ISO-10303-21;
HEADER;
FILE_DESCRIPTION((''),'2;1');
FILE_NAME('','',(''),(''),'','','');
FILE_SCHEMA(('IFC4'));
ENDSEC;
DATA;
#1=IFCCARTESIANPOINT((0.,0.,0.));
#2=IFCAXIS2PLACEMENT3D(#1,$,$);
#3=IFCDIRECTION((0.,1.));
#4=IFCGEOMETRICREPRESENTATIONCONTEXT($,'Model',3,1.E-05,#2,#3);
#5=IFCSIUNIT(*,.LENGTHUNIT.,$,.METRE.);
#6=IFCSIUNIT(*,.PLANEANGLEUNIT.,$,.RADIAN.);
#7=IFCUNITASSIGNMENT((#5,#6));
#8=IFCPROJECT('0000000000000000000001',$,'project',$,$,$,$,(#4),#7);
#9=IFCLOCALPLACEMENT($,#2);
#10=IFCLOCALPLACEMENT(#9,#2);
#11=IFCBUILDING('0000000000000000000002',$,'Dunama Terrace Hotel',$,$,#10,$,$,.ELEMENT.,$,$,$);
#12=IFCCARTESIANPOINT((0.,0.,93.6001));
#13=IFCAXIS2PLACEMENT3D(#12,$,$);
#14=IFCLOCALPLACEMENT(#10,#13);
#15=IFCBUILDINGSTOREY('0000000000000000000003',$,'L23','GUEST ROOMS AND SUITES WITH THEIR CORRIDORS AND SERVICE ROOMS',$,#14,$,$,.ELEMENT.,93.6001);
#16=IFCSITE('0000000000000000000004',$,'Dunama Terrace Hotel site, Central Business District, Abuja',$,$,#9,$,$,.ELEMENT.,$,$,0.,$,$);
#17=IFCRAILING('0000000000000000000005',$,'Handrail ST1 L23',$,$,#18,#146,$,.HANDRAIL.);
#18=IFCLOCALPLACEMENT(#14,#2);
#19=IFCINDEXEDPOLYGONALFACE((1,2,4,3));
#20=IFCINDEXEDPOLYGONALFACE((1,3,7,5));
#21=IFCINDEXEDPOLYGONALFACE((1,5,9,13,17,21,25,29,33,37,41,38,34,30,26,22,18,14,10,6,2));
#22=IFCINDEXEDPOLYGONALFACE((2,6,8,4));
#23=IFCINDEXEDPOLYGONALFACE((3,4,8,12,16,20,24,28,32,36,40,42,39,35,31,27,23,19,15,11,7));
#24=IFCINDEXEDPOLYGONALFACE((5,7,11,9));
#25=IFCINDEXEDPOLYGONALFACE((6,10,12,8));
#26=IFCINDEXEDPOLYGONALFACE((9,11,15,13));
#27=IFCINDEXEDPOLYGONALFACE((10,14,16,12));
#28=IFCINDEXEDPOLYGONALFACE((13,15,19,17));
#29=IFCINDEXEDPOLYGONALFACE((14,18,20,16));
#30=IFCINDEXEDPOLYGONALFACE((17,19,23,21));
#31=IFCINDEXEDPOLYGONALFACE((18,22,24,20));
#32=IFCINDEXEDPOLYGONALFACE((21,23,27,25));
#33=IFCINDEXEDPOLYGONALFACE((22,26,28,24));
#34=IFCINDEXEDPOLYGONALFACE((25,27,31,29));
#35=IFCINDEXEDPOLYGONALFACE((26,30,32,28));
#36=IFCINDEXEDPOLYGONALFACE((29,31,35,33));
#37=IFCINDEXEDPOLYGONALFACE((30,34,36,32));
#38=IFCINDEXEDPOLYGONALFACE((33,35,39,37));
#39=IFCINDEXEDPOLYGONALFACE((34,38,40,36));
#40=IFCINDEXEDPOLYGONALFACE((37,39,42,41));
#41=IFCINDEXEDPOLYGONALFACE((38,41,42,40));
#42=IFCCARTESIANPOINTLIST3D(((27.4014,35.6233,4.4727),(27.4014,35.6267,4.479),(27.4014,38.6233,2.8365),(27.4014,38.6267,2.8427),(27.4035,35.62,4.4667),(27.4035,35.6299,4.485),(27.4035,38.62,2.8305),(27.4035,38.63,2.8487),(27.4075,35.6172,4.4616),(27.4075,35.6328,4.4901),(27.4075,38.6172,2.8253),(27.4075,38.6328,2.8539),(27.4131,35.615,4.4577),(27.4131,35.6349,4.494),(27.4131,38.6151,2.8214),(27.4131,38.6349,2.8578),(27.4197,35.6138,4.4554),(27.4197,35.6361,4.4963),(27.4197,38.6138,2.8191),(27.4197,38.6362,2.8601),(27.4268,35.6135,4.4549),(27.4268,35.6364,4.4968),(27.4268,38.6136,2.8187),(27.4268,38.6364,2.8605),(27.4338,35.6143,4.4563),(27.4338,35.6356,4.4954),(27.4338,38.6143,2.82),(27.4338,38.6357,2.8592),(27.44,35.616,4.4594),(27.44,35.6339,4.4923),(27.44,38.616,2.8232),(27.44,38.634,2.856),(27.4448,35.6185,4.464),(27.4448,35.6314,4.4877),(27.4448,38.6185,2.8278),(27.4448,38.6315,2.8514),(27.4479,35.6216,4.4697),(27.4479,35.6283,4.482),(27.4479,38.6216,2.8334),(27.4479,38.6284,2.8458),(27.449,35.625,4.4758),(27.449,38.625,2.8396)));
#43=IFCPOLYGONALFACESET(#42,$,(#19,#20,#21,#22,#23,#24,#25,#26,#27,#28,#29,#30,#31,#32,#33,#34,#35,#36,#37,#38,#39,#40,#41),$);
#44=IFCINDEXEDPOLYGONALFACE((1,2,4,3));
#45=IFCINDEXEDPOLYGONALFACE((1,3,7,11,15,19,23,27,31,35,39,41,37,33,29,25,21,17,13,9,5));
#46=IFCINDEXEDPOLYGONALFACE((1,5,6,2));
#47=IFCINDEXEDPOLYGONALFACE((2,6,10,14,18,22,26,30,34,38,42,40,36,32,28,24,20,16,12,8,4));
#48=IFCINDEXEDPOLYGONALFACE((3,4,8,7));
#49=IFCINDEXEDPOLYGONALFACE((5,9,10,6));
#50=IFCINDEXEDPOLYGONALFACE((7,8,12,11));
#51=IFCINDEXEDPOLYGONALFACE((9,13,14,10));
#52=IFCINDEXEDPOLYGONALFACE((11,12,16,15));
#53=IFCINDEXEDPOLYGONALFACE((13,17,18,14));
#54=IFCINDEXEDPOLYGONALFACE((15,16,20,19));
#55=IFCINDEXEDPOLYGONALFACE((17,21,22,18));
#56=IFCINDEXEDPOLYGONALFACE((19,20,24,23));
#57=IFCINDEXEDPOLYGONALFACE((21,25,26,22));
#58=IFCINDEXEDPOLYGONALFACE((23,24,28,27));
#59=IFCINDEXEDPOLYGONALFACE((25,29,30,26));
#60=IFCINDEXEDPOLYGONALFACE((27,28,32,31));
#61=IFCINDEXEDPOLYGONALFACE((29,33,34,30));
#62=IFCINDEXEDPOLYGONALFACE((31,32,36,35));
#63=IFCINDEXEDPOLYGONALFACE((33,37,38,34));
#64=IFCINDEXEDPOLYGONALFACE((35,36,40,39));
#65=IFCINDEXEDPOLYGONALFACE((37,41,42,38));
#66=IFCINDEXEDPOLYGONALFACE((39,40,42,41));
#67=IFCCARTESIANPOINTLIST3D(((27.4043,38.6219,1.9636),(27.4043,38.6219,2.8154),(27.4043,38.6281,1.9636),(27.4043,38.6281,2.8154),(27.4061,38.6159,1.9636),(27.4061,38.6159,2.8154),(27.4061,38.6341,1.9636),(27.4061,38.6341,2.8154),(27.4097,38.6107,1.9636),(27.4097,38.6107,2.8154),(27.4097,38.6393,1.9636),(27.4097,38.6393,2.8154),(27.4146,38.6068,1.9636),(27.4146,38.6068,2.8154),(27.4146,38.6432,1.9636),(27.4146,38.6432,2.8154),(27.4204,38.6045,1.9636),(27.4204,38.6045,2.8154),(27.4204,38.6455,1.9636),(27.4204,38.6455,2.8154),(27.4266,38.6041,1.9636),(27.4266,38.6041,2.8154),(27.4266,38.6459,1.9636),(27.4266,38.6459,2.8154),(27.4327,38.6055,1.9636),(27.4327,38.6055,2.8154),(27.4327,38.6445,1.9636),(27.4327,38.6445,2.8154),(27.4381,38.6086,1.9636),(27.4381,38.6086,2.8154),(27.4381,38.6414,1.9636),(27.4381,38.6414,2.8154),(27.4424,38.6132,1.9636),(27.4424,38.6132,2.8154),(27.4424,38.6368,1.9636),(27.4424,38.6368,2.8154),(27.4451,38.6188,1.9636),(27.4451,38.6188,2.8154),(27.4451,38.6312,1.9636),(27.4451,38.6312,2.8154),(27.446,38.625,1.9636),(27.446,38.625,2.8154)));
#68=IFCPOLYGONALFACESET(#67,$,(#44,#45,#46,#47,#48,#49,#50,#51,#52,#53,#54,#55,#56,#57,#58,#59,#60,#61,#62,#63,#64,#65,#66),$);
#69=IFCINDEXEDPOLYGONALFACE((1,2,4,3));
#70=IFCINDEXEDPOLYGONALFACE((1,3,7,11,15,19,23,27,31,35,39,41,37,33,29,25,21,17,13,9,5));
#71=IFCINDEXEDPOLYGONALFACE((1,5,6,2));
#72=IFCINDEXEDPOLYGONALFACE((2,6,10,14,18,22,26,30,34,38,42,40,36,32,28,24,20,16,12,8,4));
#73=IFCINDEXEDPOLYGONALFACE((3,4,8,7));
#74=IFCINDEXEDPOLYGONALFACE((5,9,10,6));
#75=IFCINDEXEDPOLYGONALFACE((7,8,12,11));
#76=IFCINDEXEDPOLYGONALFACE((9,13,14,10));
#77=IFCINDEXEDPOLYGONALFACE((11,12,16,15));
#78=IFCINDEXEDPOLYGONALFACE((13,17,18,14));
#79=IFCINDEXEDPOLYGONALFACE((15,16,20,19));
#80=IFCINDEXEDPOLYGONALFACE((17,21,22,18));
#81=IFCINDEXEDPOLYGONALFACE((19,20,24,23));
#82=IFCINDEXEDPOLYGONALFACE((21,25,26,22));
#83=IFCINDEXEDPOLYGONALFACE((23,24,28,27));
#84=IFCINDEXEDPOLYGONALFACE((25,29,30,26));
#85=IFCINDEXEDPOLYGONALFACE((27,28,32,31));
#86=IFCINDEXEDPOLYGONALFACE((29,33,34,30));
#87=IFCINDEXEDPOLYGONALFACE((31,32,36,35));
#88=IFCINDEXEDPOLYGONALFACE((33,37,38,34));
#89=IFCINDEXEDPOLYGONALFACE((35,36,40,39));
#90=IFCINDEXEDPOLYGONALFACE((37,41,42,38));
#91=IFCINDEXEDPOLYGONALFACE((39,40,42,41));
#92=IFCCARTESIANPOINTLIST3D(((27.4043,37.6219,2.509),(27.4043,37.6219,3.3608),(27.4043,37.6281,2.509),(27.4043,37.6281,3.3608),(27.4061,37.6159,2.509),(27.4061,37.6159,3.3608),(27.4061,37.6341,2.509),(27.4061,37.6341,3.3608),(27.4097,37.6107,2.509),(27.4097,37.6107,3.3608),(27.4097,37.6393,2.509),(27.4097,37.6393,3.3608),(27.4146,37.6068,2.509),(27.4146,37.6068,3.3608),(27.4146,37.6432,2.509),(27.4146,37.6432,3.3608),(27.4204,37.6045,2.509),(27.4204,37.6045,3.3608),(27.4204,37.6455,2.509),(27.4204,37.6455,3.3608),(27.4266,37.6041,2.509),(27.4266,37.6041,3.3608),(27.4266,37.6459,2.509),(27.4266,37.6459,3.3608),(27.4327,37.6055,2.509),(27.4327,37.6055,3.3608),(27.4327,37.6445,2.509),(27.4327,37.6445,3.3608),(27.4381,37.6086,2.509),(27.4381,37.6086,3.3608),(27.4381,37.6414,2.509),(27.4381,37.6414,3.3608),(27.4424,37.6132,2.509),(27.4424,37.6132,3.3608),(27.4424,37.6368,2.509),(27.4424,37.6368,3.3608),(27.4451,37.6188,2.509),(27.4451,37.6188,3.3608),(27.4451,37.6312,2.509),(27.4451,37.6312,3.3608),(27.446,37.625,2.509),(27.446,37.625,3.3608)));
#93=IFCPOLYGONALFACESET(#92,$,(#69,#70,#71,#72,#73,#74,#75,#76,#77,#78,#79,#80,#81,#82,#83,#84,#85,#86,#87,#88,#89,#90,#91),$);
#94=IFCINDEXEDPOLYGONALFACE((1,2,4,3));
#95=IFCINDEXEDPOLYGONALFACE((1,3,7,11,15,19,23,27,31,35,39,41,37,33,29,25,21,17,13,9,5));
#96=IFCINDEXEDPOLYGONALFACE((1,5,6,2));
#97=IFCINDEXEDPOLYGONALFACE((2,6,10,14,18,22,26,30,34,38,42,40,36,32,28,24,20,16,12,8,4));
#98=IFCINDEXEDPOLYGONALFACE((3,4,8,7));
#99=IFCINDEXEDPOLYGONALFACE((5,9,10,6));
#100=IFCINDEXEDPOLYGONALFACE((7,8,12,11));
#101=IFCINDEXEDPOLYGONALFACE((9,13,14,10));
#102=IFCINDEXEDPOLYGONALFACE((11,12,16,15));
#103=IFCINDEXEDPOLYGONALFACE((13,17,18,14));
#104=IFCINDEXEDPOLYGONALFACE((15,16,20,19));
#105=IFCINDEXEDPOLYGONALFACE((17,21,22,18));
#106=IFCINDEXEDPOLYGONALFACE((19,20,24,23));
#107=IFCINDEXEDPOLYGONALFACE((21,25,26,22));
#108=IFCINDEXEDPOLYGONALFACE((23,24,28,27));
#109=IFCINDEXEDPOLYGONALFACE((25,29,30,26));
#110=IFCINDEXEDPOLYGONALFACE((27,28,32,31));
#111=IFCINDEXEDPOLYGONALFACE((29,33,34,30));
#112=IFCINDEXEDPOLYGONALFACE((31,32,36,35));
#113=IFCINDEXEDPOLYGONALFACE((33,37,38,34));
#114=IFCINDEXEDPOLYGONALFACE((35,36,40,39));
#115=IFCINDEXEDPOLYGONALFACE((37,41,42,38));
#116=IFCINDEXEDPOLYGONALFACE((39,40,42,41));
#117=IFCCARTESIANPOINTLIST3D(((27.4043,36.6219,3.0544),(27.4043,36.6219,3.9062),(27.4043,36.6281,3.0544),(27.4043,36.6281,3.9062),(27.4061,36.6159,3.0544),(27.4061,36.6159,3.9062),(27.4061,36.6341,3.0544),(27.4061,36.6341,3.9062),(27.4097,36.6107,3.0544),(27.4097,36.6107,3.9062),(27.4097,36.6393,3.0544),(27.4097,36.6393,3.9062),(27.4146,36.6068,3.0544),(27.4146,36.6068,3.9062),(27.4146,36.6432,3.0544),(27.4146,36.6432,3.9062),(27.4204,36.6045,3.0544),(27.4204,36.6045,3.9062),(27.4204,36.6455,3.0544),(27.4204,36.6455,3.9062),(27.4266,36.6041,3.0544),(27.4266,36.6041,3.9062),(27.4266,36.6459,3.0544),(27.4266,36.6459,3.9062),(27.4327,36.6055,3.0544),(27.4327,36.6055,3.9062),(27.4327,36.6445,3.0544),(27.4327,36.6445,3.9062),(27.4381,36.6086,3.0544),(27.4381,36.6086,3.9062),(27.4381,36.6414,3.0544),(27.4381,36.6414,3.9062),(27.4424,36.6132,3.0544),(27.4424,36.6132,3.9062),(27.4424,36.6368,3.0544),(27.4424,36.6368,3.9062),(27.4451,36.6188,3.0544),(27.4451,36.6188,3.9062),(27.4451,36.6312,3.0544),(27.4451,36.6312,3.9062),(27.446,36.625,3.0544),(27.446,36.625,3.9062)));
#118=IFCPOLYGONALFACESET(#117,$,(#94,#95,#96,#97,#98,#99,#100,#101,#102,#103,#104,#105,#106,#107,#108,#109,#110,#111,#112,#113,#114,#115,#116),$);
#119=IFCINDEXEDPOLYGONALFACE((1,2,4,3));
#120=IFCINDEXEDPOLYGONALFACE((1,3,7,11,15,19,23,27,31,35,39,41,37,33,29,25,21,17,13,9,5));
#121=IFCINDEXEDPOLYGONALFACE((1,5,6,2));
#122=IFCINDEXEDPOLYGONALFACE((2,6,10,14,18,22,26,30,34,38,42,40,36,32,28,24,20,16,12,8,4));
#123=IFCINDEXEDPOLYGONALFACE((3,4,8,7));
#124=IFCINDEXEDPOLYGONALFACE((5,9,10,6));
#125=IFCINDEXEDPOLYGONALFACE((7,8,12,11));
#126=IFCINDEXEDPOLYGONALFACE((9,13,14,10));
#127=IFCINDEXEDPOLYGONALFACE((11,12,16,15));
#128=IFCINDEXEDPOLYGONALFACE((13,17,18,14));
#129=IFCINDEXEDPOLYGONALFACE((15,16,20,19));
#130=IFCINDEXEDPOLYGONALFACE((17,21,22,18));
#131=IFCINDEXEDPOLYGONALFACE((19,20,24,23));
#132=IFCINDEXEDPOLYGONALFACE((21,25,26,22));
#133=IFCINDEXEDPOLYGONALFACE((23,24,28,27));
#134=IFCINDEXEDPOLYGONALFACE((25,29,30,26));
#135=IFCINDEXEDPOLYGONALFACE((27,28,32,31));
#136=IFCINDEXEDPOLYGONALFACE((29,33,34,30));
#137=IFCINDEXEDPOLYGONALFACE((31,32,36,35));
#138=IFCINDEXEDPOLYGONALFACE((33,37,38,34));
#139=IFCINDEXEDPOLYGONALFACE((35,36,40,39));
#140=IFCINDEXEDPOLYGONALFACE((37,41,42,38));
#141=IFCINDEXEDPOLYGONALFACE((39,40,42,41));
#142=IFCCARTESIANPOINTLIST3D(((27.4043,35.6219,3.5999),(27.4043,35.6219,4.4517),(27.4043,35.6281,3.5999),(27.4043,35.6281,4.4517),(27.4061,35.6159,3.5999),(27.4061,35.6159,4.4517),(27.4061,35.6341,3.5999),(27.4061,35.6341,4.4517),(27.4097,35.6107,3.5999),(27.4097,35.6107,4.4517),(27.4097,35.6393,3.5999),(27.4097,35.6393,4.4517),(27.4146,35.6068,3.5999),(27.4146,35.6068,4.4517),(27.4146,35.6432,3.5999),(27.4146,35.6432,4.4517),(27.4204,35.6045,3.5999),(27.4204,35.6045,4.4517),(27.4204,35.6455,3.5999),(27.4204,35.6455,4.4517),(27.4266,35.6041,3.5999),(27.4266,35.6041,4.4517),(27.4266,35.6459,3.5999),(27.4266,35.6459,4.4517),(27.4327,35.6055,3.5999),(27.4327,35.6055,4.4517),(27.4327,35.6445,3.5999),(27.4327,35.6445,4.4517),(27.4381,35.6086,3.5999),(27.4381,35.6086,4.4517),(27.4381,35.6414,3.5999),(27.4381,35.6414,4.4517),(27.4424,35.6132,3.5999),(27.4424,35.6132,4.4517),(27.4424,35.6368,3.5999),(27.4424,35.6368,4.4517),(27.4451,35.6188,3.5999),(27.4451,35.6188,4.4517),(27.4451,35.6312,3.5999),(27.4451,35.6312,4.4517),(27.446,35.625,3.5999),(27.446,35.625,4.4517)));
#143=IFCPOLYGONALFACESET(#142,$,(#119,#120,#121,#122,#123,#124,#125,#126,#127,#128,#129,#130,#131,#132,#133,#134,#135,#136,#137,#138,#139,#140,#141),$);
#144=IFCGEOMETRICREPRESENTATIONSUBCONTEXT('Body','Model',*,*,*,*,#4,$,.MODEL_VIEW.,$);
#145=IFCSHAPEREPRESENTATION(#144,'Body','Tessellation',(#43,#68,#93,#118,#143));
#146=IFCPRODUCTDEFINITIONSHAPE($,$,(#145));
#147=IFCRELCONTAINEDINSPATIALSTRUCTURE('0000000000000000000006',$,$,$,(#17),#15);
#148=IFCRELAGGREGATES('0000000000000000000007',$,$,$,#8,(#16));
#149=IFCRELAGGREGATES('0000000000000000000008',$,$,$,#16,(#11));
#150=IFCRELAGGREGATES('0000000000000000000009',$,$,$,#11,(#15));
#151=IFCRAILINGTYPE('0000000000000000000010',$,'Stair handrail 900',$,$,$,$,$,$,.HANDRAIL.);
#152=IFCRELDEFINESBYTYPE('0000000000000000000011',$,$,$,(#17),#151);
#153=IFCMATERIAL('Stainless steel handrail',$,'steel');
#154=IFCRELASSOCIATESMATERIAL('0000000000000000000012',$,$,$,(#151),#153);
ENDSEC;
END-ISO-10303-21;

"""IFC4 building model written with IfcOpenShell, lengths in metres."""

from ifc_helpers import new_model, si_unit, direction, frame, origin, origin_2d, place, context, subcontext, project, spatial, circle, extrude, material, type_object, element, save


model = new_model("IFC4")

# Units and contexts
model_context = context("Model", 3, precision=1e-05, world=origin(), true_north=direction((0.0, 1.0)))
body_context = subcontext(model_context, "Body", "Model", "MODEL_VIEW")
ifc_project = project(units=[si_unit("LENGTHUNIT", "METRE"), si_unit("PLANEANGLEUNIT", "RADIAN")], contexts=[model_context])

# Site, building, storey
site_placement = place(None, origin())
site = spatial("IfcSite", under=ifc_project, at=site_placement, Name="Dunama Terrace Hotel site, Central Business District, Abuja", CompositionType="ELEMENT", RefElevation=0.0)
building_placement = place(site_placement, origin())
building = spatial("IfcBuilding", under=site, at=building_placement, Name="Dunama Terrace Hotel", CompositionType="ELEMENT")
storey_placement = place(building_placement, frame((0.0, 0.0, 93.6001)))
storey = spatial("IfcBuildingStorey", under=building, at=storey_placement, Name="L23", Description="GUEST ROOMS AND SUITES WITH THEIR CORRIDORS AND SERVICE ROOMS", CompositionType="ELEMENT", Elevation=93.6001)

# Railing
ifc_material_1 = material(Name="Stainless steel handrail", Category="steel")
railing_type = type_object("IfcRailingType", Name="Stair handrail 900", PredefinedType="HANDRAIL", material=ifc_material_1)
railing_1_placement = place(storey_placement, frame((27.425, 38.625, 1.9636)))
element("IfcRailing", 1, at=railing_1_placement, inside=storey, type_object=railing_type, Name="Handrail ST1 L23", PredefinedType="HANDRAIL", context=body_context, shape_type="SweptSolid", body=[
    extrude(circle(Radius=0.0239, at=origin_2d()), frame((0.0, 0.0, 0.876), z_axis=(0.0, -0.877912, 0.478822), x_axis=(1.0, 0.0, 0.0)), (0.0, 0.0, 1.0), 3.4172),
    extrude(circle(Radius=0.021, at=origin_2d()), origin(), (0.0, 0.0, 1.0), 0.8518),
    extrude(circle(Radius=0.021, at=origin_2d()), frame((0.0, -1.0, 0.5454)), (0.0, 0.0, 1.0), 0.8518),
    extrude(circle(Radius=0.021, at=origin_2d()), frame((0.0, -2.0, 1.0908)), (0.0, 0.0, 1.0), 0.8518),
    extrude(circle(Radius=0.021, at=origin_2d()), frame((0.0, -3.0, 1.6362)), (0.0, 0.0, 1.0), 0.8518),
])

save(model, "model.ifc")
